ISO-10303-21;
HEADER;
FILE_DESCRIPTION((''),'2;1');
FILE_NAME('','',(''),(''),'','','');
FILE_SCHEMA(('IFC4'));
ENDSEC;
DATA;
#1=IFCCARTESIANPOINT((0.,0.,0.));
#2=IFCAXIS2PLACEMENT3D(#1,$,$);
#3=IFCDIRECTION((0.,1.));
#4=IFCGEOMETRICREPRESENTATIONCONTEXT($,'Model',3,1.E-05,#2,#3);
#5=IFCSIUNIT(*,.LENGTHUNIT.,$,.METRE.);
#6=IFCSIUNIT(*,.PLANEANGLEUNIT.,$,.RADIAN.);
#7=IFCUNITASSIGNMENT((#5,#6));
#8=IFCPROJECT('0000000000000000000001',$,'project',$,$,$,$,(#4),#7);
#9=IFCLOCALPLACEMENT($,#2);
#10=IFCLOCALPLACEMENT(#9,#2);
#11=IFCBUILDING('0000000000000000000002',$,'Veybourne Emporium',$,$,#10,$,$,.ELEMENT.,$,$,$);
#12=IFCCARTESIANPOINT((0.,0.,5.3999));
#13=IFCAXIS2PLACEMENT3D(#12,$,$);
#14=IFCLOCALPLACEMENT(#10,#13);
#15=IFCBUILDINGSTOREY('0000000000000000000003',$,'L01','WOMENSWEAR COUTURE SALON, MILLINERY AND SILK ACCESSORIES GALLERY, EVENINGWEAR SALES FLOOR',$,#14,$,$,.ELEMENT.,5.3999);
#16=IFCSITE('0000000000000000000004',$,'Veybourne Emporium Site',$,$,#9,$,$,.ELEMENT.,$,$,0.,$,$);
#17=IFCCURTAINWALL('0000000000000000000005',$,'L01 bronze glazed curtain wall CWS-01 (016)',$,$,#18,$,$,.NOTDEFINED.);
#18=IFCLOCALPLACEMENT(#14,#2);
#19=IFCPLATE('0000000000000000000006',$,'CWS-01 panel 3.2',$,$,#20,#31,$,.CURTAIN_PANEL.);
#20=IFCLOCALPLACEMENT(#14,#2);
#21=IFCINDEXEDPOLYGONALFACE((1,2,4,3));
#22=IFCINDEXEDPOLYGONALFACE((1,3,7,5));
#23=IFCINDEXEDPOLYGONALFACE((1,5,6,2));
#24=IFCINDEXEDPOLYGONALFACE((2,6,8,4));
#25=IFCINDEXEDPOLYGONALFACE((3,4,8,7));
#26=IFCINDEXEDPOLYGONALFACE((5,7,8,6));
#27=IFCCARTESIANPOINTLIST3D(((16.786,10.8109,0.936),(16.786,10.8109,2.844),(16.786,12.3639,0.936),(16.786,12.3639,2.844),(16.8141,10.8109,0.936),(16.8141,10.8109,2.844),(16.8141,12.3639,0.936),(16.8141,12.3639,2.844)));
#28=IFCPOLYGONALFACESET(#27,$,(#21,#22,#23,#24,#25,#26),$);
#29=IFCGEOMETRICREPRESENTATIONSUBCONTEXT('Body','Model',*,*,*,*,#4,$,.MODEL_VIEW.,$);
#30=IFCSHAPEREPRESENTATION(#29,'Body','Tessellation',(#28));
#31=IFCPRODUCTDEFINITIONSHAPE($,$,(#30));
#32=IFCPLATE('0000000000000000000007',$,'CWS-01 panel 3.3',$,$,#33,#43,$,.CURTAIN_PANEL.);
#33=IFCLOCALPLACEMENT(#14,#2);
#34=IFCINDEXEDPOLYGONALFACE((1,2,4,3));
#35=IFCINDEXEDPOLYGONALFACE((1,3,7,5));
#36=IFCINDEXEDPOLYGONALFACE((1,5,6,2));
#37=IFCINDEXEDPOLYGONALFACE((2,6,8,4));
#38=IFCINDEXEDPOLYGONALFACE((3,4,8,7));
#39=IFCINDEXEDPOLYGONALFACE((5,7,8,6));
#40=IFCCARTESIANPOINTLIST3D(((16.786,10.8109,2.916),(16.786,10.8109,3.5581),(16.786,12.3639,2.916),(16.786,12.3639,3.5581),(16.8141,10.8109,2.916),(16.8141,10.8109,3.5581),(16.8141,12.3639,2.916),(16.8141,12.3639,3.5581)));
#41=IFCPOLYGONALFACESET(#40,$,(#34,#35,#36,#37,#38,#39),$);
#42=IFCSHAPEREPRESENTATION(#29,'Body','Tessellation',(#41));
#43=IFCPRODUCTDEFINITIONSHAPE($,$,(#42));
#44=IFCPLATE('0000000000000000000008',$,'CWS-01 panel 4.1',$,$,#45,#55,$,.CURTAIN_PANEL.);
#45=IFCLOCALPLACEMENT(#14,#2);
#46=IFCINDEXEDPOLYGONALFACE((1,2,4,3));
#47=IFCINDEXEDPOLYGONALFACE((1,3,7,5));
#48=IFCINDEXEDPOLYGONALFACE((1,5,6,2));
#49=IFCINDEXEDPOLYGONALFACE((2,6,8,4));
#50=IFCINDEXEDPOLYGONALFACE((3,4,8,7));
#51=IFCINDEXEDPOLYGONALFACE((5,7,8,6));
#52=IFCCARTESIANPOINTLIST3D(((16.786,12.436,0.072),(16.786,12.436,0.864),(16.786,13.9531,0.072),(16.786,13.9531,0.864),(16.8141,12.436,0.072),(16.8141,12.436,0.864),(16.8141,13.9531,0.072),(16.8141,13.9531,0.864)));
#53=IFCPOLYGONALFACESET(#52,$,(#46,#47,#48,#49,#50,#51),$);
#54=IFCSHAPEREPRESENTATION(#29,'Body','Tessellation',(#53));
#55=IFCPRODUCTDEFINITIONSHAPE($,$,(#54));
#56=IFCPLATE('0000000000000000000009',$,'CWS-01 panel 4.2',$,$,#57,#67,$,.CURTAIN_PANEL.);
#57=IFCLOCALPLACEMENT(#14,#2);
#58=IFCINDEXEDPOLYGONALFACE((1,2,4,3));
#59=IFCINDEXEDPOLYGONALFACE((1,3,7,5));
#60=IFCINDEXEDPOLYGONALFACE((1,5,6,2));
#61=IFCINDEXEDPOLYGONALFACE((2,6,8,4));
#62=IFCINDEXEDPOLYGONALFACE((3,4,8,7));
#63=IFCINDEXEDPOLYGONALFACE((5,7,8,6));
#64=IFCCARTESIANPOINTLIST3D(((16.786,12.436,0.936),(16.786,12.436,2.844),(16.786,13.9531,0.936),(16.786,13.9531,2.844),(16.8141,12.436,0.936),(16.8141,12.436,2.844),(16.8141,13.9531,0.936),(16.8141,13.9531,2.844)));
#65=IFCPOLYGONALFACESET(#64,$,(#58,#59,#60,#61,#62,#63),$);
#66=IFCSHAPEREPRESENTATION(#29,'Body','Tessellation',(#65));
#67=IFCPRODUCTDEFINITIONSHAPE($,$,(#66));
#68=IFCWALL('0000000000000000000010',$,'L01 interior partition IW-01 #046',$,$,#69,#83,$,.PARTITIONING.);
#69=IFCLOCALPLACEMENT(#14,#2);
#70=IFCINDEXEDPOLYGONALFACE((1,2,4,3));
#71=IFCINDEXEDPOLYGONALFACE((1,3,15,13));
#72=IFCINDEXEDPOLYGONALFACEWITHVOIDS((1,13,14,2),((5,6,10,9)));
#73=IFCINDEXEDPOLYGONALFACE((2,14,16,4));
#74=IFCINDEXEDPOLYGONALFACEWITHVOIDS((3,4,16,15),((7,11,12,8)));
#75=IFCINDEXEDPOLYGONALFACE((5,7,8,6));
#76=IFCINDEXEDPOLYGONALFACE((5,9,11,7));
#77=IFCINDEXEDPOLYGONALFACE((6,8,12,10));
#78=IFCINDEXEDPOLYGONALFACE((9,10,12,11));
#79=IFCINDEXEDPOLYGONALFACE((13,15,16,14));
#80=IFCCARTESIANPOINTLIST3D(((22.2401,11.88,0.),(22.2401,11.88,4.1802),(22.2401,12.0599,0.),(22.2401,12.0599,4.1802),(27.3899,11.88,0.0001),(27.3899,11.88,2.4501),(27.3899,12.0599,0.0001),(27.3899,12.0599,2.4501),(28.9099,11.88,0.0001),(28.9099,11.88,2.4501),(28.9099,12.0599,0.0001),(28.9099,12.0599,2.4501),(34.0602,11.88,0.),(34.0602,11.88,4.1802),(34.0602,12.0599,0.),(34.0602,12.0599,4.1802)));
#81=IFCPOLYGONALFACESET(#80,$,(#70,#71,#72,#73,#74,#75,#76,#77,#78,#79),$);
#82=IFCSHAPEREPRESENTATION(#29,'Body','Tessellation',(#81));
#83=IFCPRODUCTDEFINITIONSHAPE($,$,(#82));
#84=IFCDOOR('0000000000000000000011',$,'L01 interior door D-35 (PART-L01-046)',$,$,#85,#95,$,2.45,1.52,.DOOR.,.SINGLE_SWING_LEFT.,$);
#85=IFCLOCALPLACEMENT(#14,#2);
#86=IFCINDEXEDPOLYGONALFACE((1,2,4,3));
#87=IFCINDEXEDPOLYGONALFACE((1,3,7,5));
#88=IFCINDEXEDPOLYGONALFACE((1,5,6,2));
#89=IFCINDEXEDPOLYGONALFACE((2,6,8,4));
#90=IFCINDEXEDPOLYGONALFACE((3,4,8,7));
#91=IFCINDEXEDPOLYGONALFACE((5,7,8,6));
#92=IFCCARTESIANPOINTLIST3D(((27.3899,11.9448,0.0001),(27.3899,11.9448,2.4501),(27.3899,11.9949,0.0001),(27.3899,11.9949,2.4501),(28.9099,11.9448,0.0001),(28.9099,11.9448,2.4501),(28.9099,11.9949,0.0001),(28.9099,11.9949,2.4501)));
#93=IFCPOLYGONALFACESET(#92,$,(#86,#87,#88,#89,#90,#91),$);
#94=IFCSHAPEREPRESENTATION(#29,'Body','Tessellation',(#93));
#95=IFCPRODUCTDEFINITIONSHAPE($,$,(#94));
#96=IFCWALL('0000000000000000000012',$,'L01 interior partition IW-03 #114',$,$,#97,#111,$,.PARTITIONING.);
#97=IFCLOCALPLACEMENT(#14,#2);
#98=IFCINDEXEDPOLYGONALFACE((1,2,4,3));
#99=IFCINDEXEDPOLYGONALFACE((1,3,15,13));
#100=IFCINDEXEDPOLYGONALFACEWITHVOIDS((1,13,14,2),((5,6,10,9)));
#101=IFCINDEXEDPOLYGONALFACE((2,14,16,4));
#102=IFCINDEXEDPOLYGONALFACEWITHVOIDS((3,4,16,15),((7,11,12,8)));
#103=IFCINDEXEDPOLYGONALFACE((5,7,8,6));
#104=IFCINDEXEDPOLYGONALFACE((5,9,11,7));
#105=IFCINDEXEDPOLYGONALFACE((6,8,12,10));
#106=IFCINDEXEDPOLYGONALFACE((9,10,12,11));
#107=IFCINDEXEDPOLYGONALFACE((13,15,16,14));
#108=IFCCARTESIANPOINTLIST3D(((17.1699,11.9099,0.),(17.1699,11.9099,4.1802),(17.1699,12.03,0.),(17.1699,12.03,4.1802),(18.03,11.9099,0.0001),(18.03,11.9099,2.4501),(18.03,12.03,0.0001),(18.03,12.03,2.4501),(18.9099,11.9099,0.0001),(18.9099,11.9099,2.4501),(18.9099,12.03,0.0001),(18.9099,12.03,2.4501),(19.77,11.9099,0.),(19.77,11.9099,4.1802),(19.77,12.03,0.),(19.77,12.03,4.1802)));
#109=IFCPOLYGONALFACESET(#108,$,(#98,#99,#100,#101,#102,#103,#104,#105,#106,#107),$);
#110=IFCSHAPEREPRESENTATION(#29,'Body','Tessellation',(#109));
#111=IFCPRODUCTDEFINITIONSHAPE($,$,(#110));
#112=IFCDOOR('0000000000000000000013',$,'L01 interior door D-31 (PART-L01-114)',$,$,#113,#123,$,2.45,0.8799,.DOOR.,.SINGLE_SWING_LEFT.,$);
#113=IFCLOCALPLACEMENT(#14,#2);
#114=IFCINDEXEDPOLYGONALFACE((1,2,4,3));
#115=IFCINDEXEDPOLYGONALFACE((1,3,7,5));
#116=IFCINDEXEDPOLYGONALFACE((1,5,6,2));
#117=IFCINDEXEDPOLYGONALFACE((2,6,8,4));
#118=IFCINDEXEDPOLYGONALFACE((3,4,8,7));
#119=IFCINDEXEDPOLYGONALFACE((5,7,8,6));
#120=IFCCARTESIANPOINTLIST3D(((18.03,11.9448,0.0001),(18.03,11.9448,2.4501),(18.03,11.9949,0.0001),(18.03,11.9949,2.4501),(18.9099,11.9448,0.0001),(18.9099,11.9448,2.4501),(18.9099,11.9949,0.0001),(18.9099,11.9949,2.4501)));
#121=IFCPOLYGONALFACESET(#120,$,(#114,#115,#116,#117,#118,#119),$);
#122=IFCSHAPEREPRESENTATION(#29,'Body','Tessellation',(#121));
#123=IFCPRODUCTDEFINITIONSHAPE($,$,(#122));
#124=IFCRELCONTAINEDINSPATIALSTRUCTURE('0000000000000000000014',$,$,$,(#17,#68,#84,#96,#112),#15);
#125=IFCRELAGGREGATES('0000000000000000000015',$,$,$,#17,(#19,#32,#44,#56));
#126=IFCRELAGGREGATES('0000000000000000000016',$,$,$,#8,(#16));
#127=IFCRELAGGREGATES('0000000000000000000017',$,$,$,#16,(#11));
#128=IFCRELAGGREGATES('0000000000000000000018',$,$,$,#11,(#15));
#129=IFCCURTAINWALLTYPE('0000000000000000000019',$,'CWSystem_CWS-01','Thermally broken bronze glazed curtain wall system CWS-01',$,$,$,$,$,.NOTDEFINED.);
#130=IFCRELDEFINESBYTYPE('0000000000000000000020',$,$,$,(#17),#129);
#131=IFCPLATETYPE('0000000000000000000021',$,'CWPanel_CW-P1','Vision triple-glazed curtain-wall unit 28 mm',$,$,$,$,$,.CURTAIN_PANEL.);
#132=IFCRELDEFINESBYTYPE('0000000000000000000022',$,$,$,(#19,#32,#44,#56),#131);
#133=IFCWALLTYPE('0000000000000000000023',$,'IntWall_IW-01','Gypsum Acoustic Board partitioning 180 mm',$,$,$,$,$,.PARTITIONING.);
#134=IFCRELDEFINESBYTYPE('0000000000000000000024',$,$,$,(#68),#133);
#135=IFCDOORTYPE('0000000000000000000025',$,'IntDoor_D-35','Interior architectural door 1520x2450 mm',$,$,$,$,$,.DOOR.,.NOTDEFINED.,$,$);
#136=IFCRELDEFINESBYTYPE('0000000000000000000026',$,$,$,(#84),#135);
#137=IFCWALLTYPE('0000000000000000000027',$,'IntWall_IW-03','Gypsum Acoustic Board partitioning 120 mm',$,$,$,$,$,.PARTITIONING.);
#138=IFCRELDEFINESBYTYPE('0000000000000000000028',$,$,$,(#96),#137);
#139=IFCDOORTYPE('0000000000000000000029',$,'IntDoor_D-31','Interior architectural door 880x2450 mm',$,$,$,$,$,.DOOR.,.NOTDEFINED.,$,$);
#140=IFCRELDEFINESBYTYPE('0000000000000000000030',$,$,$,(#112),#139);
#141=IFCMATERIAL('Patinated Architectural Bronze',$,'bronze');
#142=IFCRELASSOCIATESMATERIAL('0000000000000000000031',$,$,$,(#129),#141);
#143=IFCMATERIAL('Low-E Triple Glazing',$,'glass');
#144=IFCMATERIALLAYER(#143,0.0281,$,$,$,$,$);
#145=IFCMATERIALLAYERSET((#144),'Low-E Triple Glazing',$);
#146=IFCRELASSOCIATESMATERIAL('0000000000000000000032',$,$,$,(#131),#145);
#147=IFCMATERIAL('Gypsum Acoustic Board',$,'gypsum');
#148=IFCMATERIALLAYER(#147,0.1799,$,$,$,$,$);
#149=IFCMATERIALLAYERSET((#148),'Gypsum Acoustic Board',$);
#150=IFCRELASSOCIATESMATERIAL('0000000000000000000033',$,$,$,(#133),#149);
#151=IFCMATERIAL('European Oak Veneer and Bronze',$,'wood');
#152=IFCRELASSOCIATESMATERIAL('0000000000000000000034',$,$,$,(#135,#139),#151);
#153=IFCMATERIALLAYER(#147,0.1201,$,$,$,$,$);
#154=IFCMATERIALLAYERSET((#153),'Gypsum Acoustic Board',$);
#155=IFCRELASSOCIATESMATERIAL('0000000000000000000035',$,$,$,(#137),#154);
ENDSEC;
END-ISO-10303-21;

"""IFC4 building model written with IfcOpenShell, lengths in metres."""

from ifc_helpers import new_model, si_unit, direction, frame, frame_2d, origin, origin_2d, place, context, subcontext, project, spatial, rectangle, extrude, material, layer, layer_set, type_object, element, fill, aggregate, save


model = new_model("IFC4")

# Units and contexts
model_context = context("Model", 3, precision=1e-05, world=origin(), true_north=direction((0.0, 1.0)))
body_context = subcontext(model_context, "Body", "Model", "MODEL_VIEW")
ifc_project = project(units=[si_unit("LENGTHUNIT", "METRE"), si_unit("PLANEANGLEUNIT", "RADIAN")], contexts=[model_context])

# Site, building, storey
site_placement = place(None, origin())
site = spatial("IfcSite", under=ifc_project, at=site_placement, Name="Veybourne Emporium Site", CompositionType="ELEMENT", RefElevation=0.0)
building_placement = place(site_placement, origin())
building = spatial("IfcBuilding", under=site, at=building_placement, Name="Veybourne Emporium", CompositionType="ELEMENT")
storey_placement = place(building_placement, frame((0.0, 0.0, 5.3999)))
storey = spatial("IfcBuildingStorey", under=building, at=storey_placement, Name="L01", Description="WOMENSWEAR COUTURE SALON, MILLINERY AND SILK ACCESSORIES GALLERY, EVENINGWEAR SALES FLOOR", CompositionType="ELEMENT", Elevation=5.3999)

# Curtain wall, plates
ifc_material_1 = material(Name="Patinated Architectural Bronze", Category="bronze")
curtain_wall_type = type_object("IfcCurtainWallType", Name="CWSystem_CWS-01", Description="Thermally broken bronze glazed curtain wall system CWS-01", PredefinedType="NOTDEFINED", material=ifc_material_1)
curtain_wall_placement = place(storey_placement, origin())
curtain_wall = element("IfcCurtainWall", 1, at=curtain_wall_placement, inside=storey, type_object=curtain_wall_type, Name="L01 bronze glazed curtain wall CWS-01 (016)", PredefinedType="NOTDEFINED")
ifc_material_2 = material(Name="Low-E Triple Glazing", Category="glass")
ifc_layer_1 = layer(ifc_material_2, 0.0281)
ifc_layer_set_1 = layer_set([ifc_layer_1], Name="Low-E Triple Glazing")
plate_type = type_object("IfcPlateType", Name="CWPanel_CW-P1", Description="Vision triple-glazed curtain-wall unit 28 mm", PredefinedType="CURTAIN_PANEL", material=ifc_layer_set_1)
plate_1_placement = place(storey_placement, frame((16.8, 11.5874, 0.936), z_axis=(0.0, 0.0, 1.0), x_axis=(0.0, 1.0, 0.0)))
plate_1 = element("IfcPlate", 2, at=plate_1_placement, type_object=plate_type, Name="CWS-01 panel 3.2", PredefinedType="CURTAIN_PANEL", context=body_context, shape_type="SweptSolid", body=[
    extrude(rectangle(XDim=1.553, YDim=0.0281, at=origin_2d()), origin(), (0.0, 0.0, 1.0), 1.908),
])
plate_2_placement = place(storey_placement, frame((16.8, 11.5874, 2.916), z_axis=(0.0, 0.0, 1.0), x_axis=(0.0, 1.0, 0.0)))
plate_2 = element("IfcPlate", 3, at=plate_2_placement, type_object=plate_type, Name="CWS-01 panel 3.3", PredefinedType="CURTAIN_PANEL", context=body_context, shape_type="SweptSolid", body=[
    extrude(rectangle(XDim=1.553, YDim=0.0281, at=origin_2d()), origin(), (0.0, 0.0, 1.0), 0.6421),
])
plate_3_placement = place(storey_placement, frame((16.8, 13.1946, 0.072), z_axis=(0.0, 0.0, 1.0), x_axis=(0.0, 1.0, 0.0)))
plate_3 = element("IfcPlate", 4, at=plate_3_placement, type_object=plate_type, Name="CWS-01 panel 4.1", PredefinedType="CURTAIN_PANEL", context=body_context, shape_type="SweptSolid", body=[
    extrude(rectangle(XDim=1.5171, YDim=0.0281, at=origin_2d()), origin(), (0.0, 0.0, 1.0), 0.792),
])
plate_4_placement = place(storey_placement, frame((16.8, 13.1946, 0.936), z_axis=(0.0, 0.0, 1.0), x_axis=(0.0, 1.0, 0.0)))
plate_4 = element("IfcPlate", 5, at=plate_4_placement, type_object=plate_type, Name="CWS-01 panel 4.2", PredefinedType="CURTAIN_PANEL", context=body_context, shape_type="SweptSolid", body=[
    extrude(rectangle(XDim=1.5171, YDim=0.0281, at=origin_2d()), origin(), (0.0, 0.0, 1.0), 1.908),
])
aggregate(curtain_wall, [plate_1, plate_2, plate_3, plate_4])

# Walls, openings, doors
ifc_material_3 = material(Name="Gypsum Acoustic Board", Category="gypsum")
ifc_layer_2 = layer(ifc_material_3, 0.1799)
ifc_layer_set_2 = layer_set([ifc_layer_2], Name="Gypsum Acoustic Board")
wall_type_1 = type_object("IfcWallType", Name="IntWall_IW-01", Description="Gypsum Acoustic Board partitioning 180 mm", PredefinedType="PARTITIONING", material=ifc_layer_set_2)
wall_1_placement = place(storey_placement, frame((22.24, 11.97, 0.0), z_axis=(0.0, 0.0, 1.0), x_axis=(1.0, 0.0, 0.0)))
wall_1 = element("IfcWall", 6, at=wall_1_placement, inside=storey, type_object=wall_type_1, Name="L01 interior partition IW-01 #046", PredefinedType="PARTITIONING", context=body_context, shape_type="SweptSolid", body=[
    extrude(rectangle(XDim=11.8201, YDim=0.1799, at=frame_2d((5.9102, 0.0))), origin(), (0.0, 0.0, 1.0), 4.1802),
])
opening_1_placement = place(wall_1_placement, frame((5.1499, 0.0, 0.0)))
opening_1 = element("IfcOpeningElement", 7, at=opening_1_placement, cuts=wall_1, PredefinedType="OPENING", context=body_context, shape_type="SweptSolid", body=[
    extrude(rectangle(XDim=1.52, YDim=2.45, at=frame_2d((0.76, 1.2251))), frame((0.0, 0.1099, 0.0), z_axis=(0.0, -1.0, 0.0), x_axis=(1.0, 0.0, 0.0)), (0.0, 0.0, 1.0), 0.22),
])
ifc_material_4 = material(Name="European Oak Veneer and Bronze", Category="wood")
door_type_1 = type_object("IfcDoorType", Name="IntDoor_D-35", Description="Interior architectural door 1520x2450 mm", OperationType="NOTDEFINED", PredefinedType="DOOR", material=ifc_material_4)
door_1_placement = place(opening_1_placement, origin())
door_1 = element("IfcDoor", 8, at=door_1_placement, inside=storey, type_object=door_type_1, Name="L01 interior door D-35 (PART-L01-046)", OperationType="SINGLE_SWING_LEFT", OverallHeight=2.45, OverallWidth=1.52, PredefinedType="DOOR", context=body_context, shape_type="SweptSolid", body=[
    extrude(rectangle(XDim=1.52, YDim=2.45, at=frame_2d((0.76, 1.2251))), frame((0.0, 0.0249, 0.0), z_axis=(0.0, -1.0, 0.0), x_axis=(1.0, 0.0, 0.0)), (0.0, 0.0, 1.0), 0.05),
])
fill(opening_1, door_1)
ifc_layer_3 = layer(ifc_material_3, 0.1201)
ifc_layer_set_3 = layer_set([ifc_layer_3], Name="Gypsum Acoustic Board")
wall_type_2 = type_object("IfcWallType", Name="IntWall_IW-03", Description="Gypsum Acoustic Board partitioning 120 mm", PredefinedType="PARTITIONING", material=ifc_layer_set_3)
wall_2_placement = place(storey_placement, frame((17.1699, 11.97, 0.0), z_axis=(0.0, 0.0, 1.0), x_axis=(1.0, 0.0, 0.0)))
wall_2 = element("IfcWall", 9, at=wall_2_placement, inside=storey, type_object=wall_type_2, Name="L01 interior partition IW-03 #114", PredefinedType="PARTITIONING", context=body_context, shape_type="SweptSolid", body=[
    extrude(rectangle(XDim=2.6001, YDim=0.1201, at=frame_2d((1.3, 0.0))), origin(), (0.0, 0.0, 1.0), 4.1802),
])
opening_2_placement = place(wall_2_placement, frame((0.8601, 0.0, 0.0)))
opening_2 = element("IfcOpeningElement", 10, at=opening_2_placement, cuts=wall_2, PredefinedType="OPENING", context=body_context, shape_type="SweptSolid", body=[
    extrude(rectangle(XDim=0.8799, YDim=2.45, at=frame_2d((0.4399, 1.2251))), frame((0.0, 0.0801, 0.0), z_axis=(0.0, -1.0, 0.0), x_axis=(1.0, 0.0, 0.0)), (0.0, 0.0, 1.0), 0.1602),
])
door_type_2 = type_object("IfcDoorType", Name="IntDoor_D-31", Description="Interior architectural door 880x2450 mm", OperationType="NOTDEFINED", PredefinedType="DOOR", material=ifc_material_4)
door_2_placement = place(opening_2_placement, origin())
door_2 = element("IfcDoor", 11, at=door_2_placement, inside=storey, type_object=door_type_2, Name="L01 interior door D-31 (PART-L01-114)", OperationType="SINGLE_SWING_LEFT", OverallHeight=2.45, OverallWidth=0.8799, PredefinedType="DOOR", context=body_context, shape_type="SweptSolid", body=[
    extrude(rectangle(XDim=0.8799, YDim=2.45, at=frame_2d((0.4399, 1.2251))), frame((0.0, 0.0249, 0.0), z_axis=(0.0, -1.0, 0.0), x_axis=(1.0, 0.0, 0.0)), (0.0, 0.0, 1.0), 0.05),
])
fill(opening_2, door_2)

save(model, "model.ifc")
